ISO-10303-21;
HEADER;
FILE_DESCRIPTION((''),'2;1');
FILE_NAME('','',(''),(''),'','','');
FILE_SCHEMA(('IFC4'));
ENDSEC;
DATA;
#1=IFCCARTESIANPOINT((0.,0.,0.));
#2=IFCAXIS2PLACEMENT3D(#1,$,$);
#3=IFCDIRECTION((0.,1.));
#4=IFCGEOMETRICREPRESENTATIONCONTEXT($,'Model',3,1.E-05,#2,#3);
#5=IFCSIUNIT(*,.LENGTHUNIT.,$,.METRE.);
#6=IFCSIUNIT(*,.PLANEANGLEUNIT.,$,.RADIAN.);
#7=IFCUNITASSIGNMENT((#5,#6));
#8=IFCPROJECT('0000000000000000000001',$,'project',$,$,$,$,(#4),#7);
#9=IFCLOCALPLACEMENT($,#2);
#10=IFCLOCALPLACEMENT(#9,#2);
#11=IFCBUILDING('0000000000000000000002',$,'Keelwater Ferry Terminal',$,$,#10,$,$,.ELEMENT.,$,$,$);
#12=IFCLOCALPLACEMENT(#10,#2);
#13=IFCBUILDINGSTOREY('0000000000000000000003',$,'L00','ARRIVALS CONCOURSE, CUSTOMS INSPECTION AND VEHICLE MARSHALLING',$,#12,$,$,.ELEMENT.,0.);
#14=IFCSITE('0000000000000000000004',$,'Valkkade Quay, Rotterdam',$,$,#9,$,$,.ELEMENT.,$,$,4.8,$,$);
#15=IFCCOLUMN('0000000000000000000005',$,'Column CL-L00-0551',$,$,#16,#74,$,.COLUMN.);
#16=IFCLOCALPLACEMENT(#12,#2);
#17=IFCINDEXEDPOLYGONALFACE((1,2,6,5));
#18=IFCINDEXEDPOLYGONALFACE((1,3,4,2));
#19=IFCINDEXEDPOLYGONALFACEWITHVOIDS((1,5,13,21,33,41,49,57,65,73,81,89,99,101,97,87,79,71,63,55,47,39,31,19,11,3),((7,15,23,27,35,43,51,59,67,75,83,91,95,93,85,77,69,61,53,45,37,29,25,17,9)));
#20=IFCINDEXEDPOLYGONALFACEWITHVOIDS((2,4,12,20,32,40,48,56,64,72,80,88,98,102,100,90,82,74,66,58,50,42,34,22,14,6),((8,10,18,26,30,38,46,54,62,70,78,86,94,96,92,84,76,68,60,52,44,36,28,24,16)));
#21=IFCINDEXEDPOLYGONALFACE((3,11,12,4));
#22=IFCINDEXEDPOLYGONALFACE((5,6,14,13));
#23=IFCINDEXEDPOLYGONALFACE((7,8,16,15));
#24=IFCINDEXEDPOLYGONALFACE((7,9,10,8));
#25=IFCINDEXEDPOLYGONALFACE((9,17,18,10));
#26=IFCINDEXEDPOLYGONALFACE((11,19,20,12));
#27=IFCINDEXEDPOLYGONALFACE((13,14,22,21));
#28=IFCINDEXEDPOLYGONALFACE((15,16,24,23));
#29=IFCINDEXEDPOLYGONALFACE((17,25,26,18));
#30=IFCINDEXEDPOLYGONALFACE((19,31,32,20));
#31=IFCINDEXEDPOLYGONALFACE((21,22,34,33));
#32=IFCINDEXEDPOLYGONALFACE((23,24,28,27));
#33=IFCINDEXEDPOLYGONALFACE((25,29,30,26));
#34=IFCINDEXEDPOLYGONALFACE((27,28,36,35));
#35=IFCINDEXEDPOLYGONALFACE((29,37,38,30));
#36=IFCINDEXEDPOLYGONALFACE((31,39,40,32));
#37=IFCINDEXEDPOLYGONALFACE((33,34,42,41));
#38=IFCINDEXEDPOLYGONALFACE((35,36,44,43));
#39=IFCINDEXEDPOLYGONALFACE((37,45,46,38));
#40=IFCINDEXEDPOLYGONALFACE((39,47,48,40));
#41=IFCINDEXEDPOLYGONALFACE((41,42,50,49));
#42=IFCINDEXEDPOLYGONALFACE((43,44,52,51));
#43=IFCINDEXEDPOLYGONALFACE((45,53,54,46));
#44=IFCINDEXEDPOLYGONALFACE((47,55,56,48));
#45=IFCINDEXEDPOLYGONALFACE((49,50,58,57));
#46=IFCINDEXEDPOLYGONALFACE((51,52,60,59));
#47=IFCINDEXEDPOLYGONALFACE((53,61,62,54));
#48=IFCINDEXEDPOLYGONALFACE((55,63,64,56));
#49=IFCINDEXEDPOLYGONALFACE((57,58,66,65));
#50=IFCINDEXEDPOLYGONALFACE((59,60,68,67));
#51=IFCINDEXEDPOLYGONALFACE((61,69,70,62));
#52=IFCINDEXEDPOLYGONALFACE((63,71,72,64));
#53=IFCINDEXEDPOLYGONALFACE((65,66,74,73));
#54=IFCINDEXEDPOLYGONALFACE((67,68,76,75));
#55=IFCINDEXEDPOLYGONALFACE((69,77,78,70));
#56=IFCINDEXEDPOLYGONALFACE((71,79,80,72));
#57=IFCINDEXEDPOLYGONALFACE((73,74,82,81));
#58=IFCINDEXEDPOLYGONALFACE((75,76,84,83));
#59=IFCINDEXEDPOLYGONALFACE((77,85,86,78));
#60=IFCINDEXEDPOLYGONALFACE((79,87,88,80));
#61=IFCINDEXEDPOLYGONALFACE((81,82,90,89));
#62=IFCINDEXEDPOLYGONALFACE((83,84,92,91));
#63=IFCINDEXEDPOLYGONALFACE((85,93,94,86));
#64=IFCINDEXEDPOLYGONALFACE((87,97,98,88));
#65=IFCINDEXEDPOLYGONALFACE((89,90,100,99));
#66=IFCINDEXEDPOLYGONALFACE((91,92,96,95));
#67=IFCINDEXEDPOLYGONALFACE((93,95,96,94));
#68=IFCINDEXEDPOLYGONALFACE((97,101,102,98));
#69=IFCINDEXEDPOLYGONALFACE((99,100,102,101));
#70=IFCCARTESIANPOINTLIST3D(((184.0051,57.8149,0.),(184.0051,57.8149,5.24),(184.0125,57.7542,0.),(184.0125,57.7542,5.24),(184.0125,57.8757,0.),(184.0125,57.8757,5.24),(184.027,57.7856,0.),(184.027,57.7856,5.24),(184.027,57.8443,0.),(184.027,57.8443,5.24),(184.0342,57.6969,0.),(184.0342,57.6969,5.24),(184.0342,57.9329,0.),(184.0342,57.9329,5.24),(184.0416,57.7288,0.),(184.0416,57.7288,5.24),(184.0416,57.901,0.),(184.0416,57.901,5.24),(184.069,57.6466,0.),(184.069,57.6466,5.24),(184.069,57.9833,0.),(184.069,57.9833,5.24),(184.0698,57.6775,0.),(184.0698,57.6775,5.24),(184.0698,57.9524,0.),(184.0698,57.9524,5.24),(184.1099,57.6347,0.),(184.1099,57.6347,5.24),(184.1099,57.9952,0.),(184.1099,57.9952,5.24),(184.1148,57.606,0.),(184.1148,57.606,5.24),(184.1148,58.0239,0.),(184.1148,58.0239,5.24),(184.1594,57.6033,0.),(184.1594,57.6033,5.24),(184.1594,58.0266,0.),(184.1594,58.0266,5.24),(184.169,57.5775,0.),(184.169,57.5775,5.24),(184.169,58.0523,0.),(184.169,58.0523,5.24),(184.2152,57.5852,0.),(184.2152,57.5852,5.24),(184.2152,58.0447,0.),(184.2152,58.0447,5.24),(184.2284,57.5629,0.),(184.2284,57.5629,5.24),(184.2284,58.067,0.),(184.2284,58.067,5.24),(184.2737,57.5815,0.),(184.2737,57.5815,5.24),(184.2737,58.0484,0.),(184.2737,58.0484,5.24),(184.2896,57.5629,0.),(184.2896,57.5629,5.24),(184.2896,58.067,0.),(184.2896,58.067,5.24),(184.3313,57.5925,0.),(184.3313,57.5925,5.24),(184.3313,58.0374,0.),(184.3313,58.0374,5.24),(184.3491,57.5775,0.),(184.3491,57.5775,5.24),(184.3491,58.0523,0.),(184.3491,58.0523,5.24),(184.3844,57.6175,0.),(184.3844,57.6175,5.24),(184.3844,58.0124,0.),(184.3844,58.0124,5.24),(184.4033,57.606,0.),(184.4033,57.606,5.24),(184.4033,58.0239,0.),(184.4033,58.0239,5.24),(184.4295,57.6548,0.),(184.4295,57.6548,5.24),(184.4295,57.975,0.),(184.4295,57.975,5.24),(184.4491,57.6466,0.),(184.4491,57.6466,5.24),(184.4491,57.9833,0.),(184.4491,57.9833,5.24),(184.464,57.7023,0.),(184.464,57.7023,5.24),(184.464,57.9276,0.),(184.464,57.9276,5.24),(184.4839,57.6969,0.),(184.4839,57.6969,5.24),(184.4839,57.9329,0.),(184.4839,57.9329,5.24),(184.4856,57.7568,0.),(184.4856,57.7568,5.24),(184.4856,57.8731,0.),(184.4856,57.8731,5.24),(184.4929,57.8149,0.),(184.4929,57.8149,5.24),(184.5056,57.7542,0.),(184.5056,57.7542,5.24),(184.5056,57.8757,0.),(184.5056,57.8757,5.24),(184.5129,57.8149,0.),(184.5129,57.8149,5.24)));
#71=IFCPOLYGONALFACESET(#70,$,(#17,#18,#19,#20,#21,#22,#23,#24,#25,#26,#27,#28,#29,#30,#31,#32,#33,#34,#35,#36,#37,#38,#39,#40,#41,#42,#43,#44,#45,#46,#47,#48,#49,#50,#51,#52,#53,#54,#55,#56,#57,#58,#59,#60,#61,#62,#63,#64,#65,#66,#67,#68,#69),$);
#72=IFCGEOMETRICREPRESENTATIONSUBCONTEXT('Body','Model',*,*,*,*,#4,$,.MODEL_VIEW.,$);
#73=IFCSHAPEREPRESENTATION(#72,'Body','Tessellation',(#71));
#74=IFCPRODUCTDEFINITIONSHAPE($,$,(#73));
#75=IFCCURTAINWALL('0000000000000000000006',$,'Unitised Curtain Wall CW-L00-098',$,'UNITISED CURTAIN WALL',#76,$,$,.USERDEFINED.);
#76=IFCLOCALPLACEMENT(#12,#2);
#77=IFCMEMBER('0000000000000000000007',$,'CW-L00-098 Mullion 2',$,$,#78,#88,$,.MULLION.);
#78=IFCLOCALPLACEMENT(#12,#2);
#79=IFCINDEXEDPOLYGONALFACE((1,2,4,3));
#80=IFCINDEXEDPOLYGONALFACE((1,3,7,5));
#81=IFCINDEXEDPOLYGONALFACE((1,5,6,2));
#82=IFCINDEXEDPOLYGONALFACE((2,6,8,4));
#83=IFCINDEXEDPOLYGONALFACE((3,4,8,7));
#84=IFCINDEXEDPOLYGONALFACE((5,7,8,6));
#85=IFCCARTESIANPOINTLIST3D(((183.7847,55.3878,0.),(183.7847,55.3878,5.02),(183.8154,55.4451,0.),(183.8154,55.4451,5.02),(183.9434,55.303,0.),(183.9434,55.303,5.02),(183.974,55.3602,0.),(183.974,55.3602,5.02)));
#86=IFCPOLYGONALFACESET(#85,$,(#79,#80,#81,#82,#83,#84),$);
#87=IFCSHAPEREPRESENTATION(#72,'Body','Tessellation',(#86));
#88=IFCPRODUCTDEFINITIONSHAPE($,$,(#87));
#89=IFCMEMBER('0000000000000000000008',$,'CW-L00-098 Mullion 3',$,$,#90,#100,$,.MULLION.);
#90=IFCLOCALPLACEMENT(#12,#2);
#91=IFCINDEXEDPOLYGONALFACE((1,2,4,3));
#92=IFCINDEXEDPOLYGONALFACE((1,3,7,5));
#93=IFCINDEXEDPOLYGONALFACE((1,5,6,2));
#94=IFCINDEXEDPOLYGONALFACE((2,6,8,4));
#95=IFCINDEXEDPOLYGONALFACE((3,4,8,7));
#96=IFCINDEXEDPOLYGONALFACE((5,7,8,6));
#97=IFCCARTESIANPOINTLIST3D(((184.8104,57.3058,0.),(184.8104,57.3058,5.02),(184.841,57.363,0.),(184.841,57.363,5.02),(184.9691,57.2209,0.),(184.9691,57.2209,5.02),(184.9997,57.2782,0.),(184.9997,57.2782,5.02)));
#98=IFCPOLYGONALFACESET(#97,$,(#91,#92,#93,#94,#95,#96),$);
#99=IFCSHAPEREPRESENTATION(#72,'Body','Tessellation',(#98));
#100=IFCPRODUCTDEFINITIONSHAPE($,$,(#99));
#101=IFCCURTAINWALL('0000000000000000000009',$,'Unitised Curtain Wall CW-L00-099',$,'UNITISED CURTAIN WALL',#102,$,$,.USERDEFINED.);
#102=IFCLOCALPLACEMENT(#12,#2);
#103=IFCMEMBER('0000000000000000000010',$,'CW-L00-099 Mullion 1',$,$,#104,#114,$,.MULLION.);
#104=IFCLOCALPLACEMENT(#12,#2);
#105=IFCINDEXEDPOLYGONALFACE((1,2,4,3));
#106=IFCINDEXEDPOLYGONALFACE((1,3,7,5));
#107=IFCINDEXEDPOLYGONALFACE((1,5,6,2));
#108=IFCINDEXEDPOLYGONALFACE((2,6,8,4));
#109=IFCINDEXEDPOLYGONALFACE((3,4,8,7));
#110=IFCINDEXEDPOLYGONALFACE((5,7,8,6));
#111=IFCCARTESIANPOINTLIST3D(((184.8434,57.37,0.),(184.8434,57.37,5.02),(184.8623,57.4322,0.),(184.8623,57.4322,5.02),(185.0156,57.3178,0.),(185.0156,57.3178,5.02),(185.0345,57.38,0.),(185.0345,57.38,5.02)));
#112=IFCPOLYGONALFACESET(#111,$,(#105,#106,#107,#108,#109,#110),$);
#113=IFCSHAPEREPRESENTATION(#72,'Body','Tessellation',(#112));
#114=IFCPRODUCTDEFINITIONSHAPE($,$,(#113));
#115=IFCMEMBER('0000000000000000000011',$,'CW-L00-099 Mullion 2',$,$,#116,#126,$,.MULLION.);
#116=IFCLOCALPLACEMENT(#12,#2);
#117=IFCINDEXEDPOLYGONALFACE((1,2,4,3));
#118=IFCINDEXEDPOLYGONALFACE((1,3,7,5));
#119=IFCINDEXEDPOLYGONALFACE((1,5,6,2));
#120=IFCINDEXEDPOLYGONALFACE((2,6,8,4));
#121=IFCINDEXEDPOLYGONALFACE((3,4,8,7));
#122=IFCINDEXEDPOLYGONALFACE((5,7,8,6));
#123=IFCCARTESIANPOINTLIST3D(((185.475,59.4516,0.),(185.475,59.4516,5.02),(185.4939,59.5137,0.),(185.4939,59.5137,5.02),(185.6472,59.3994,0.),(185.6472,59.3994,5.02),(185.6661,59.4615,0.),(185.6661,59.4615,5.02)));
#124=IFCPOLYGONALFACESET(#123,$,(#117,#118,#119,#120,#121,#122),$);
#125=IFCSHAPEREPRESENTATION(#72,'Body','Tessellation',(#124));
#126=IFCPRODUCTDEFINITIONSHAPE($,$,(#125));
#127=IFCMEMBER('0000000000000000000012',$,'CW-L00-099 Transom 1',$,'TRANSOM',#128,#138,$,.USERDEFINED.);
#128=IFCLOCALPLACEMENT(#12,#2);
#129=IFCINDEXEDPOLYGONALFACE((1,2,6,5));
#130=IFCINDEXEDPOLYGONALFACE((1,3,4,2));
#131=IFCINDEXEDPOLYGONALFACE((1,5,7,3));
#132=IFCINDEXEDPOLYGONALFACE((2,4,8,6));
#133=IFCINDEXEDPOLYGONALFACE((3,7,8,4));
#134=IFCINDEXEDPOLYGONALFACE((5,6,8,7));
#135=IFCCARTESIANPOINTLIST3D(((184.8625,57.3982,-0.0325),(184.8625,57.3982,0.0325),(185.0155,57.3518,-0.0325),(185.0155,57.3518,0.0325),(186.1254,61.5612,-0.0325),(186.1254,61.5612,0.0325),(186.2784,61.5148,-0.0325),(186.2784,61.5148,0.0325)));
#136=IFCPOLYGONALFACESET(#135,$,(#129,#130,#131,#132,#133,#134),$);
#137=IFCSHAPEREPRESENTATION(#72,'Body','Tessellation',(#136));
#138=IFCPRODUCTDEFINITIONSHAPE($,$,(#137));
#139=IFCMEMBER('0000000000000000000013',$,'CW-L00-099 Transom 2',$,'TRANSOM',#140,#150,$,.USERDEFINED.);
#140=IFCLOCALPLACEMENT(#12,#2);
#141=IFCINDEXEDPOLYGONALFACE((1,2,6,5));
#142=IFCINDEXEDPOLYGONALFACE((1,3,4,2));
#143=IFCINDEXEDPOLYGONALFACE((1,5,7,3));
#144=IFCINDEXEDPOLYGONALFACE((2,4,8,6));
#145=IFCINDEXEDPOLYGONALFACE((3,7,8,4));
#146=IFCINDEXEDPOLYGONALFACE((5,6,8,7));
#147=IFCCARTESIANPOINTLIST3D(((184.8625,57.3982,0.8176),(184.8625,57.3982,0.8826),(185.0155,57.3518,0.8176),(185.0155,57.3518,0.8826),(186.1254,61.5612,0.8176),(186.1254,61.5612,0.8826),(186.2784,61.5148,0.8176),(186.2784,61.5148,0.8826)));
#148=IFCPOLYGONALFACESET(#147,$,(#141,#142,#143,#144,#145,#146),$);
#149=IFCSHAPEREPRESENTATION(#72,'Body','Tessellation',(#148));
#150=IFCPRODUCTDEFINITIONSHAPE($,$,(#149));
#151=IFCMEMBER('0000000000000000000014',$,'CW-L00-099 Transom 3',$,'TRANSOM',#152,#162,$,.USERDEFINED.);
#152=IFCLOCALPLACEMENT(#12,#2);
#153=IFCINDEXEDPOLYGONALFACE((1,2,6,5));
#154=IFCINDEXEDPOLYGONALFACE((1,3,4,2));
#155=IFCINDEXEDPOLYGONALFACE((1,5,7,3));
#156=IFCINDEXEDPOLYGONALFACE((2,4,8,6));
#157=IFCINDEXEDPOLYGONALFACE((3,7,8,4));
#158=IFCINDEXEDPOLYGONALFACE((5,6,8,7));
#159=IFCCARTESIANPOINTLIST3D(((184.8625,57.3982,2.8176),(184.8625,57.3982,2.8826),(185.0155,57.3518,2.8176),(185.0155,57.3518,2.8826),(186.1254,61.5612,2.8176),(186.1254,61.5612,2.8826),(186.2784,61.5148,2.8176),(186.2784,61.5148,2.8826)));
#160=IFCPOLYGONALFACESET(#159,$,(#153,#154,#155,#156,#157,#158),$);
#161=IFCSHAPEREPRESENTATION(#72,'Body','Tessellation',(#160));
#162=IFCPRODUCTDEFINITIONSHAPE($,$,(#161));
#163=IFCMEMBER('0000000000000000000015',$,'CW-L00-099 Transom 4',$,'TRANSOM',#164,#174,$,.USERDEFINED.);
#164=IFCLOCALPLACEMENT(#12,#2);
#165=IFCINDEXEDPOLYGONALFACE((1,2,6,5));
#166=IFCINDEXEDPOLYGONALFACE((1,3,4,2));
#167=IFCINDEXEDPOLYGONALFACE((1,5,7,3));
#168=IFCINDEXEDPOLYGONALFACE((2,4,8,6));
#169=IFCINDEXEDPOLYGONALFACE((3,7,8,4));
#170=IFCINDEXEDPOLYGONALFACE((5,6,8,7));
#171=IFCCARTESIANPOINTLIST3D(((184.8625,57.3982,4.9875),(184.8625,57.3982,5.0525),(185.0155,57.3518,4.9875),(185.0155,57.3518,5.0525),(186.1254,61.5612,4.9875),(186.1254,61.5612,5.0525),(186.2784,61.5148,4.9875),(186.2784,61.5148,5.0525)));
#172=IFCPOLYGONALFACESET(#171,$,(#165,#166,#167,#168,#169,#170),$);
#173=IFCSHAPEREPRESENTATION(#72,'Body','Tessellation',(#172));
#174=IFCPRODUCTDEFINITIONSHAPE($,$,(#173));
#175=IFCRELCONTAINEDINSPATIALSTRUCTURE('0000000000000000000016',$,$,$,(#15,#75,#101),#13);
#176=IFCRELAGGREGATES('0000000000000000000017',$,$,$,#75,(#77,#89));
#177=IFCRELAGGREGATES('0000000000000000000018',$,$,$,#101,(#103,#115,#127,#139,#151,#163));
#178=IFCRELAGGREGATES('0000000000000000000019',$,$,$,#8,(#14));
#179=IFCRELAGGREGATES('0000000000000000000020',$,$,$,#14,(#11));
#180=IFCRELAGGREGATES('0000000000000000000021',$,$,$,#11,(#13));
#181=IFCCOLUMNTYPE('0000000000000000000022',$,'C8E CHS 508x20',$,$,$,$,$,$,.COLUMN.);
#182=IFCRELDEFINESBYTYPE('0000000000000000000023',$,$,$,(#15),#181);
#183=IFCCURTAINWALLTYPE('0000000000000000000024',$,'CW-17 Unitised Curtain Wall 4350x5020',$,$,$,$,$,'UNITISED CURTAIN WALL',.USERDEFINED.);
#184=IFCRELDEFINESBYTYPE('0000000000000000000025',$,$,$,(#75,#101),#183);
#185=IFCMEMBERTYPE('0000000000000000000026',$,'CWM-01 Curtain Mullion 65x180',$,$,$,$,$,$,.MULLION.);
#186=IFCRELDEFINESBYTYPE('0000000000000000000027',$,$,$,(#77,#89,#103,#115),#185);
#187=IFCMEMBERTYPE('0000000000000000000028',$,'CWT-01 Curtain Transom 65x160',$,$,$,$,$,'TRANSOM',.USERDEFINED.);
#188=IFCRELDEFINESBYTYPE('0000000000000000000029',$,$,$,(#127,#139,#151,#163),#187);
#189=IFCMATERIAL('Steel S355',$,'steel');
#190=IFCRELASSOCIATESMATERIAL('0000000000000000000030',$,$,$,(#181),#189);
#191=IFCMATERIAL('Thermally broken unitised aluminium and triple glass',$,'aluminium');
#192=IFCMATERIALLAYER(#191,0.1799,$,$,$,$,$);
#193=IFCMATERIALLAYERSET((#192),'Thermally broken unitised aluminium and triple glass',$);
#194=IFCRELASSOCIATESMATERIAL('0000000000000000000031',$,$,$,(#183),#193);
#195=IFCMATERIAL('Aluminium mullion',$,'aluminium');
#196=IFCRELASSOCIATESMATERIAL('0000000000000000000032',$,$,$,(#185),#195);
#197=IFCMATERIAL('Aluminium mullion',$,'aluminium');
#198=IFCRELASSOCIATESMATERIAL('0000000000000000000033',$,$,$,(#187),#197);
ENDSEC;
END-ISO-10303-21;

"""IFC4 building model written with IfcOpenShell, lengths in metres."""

from ifc_helpers import new_model, si_unit, direction, frame, origin, origin_2d, place, context, subcontext, project, spatial, rectangle, hollow_circle, extrude, material, layer, layer_set, material_profile, profile_set, type_object, element, aggregate, save


model = new_model("IFC4")

# Units and contexts
model_context = context("Model", 3, precision=1e-05, world=origin(), true_north=direction((0.0, 1.0)))
body_context = subcontext(model_context, "Body", "Model", "MODEL_VIEW")
ifc_project = project(units=[si_unit("LENGTHUNIT", "METRE"), si_unit("PLANEANGLEUNIT", "RADIAN")], contexts=[model_context])

# Site, building, storey
site_placement = place(None, origin())
site = spatial("IfcSite", under=ifc_project, at=site_placement, Name="Valkkade Quay, Rotterdam", CompositionType="ELEMENT", RefElevation=4.8)
building_placement = place(site_placement, origin())
building = spatial("IfcBuilding", under=site, at=building_placement, Name="Keelwater Ferry Terminal", CompositionType="ELEMENT")
storey_placement = place(building_placement, origin())
storey = spatial("IfcBuildingStorey", under=building, at=storey_placement, Name="L00", Description="ARRIVALS CONCOURSE, CUSTOMS INSPECTION AND VEHICLE MARSHALLING", CompositionType="ELEMENT", Elevation=0.0)

# Column
ifc_material_1 = material(Name="Steel S355", Category="steel")
ifc_material_profile_1 = material_profile(ifc_material_1, hollow_circle(Radius=0.2539, WallThickness=0.02, at=origin_2d()), Name="CHS 508x20")
ifc_profile_set_1 = profile_set([ifc_material_profile_1], Name="Steel S355")
column_type = type_object("IfcColumnType", Name="C8E CHS 508x20", PredefinedType="COLUMN", material=ifc_profile_set_1)
column_placement = place(storey_placement, frame((184.259, 57.8149, 0.0), z_axis=(0.0, 0.0, 1.0), x_axis=(1.0, 0.0, 0.0)))
element("IfcColumn", 1, at=column_placement, inside=storey, type_object=column_type, Name="Column CL-L00-0551", PredefinedType="COLUMN", context=body_context, shape_type="SweptSolid", body=[
    extrude(hollow_circle(Radius=0.2539, WallThickness=0.02, at=origin_2d()), origin(), (0.0, 0.0, 1.0), 5.24),
])

# Curtain walls, members
ifc_material_2 = material(Name="Thermally broken unitised aluminium and triple glass", Category="aluminium")
ifc_layer_1 = layer(ifc_material_2, 0.1799)
ifc_layer_set_1 = layer_set([ifc_layer_1], Name="Thermally broken unitised aluminium and triple glass")
curtain_wall_type = type_object("IfcCurtainWallType", Name="CW-17 Unitised Curtain Wall 4350x5020", ElementType="UNITISED CURTAIN WALL", PredefinedType="USERDEFINED", material=ifc_layer_set_1)
curtain_wall_1_placement = place(storey_placement, origin())
curtain_wall_1 = element("IfcCurtainWall", 2, at=curtain_wall_1_placement, inside=storey, type_object=curtain_wall_type, Name="Unitised Curtain Wall CW-L00-098", ObjectType="UNITISED CURTAIN WALL", PredefinedType="USERDEFINED")
ifc_material_3 = material(Name="Aluminium mullion", Category="aluminium")
ifc_material_profile_2 = material_profile(ifc_material_3, rectangle(XDim=0.0649, YDim=0.1799, at=origin_2d()), Name="CWM-01")
ifc_profile_set_2 = profile_set([ifc_material_profile_2], Name="Aluminium mullion")
member_type_1 = type_object("IfcMemberType", Name="CWM-01 Curtain Mullion 65x180", PredefinedType="MULLION", material=ifc_profile_set_2)
member_1_placement = place(storey_placement, frame((183.8794, 55.374, 0.0), z_axis=(0.0, 0.0, 1.0), x_axis=(0.471507, 0.881862, 0.0)))
member_1 = element("IfcMember", 3, at=member_1_placement, type_object=member_type_1, Name="CW-L00-098 Mullion 2", PredefinedType="MULLION", context=body_context, shape_type="SweptSolid", body=[
    extrude(rectangle(XDim=0.0649, YDim=0.1799, at=origin_2d()), origin(), (0.0, 0.0, 1.0), 5.02),
])
member_2_placement = place(storey_placement, frame((184.905, 57.292, 0.0), z_axis=(0.0, 0.0, 1.0), x_axis=(0.471507, 0.881862, 0.0)))
member_2 = element("IfcMember", 4, at=member_2_placement, type_object=member_type_1, Name="CW-L00-098 Mullion 3", PredefinedType="MULLION", context=body_context, shape_type="SweptSolid", body=[
    extrude(rectangle(XDim=0.0649, YDim=0.1799, at=origin_2d()), origin(), (0.0, 0.0, 1.0), 5.02),
])
curtain_wall_2_placement = place(storey_placement, origin())
curtain_wall_2 = element("IfcCurtainWall", 5, at=curtain_wall_2_placement, inside=storey, type_object=curtain_wall_type, Name="Unitised Curtain Wall CW-L00-099", ObjectType="UNITISED CURTAIN WALL", PredefinedType="USERDEFINED")
member_3_placement = place(storey_placement, frame((184.939, 57.375, 0.0), z_axis=(0.0, 0.0, 1.0), x_axis=(0.29032, 0.95693, 0.0)))
member_3 = element("IfcMember", 6, at=member_3_placement, type_object=member_type_1, Name="CW-L00-099 Mullion 1", PredefinedType="MULLION", context=body_context, shape_type="SweptSolid", body=[
    extrude(rectangle(XDim=0.0649, YDim=0.1799, at=origin_2d()), origin(), (0.0, 0.0, 1.0), 5.02),
])
member_4_placement = place(storey_placement, frame((185.5706, 59.4565, 0.0), z_axis=(0.0, 0.0, 1.0), x_axis=(0.29032, 0.95693, 0.0)))
member_4 = element("IfcMember", 7, at=member_4_placement, type_object=member_type_1, Name="CW-L00-099 Mullion 2", PredefinedType="MULLION", context=body_context, shape_type="SweptSolid", body=[
    extrude(rectangle(XDim=0.0649, YDim=0.1799, at=origin_2d()), origin(), (0.0, 0.0, 1.0), 5.02),
])
ifc_material_4 = material(Name="Aluminium mullion", Category="aluminium")
ifc_material_profile_3 = material_profile(ifc_material_4, rectangle(XDim=0.1599, YDim=0.0649, at=origin_2d()), Name="CWT-01")
ifc_profile_set_3 = profile_set([ifc_material_profile_3], Name="Aluminium mullion")
member_type_2 = type_object("IfcMemberType", Name="CWT-01 Curtain Transom 65x160", ElementType="TRANSOM", PredefinedType="USERDEFINED", material=ifc_profile_set_3)
member_5_placement = place(storey_placement, frame((184.939, 57.375, 0.0), z_axis=(0.290302, 0.956935, 0.0), x_axis=(-0.956935, 0.290302, 0.0)))
member_5 = element("IfcMember", 8, at=member_5_placement, type_object=member_type_2, Name="CW-L00-099 Transom 1", ObjectType="TRANSOM", PredefinedType="USERDEFINED", context=body_context, shape_type="SweptSolid", body=[
    extrude(rectangle(XDim=0.1599, YDim=0.0649, at=origin_2d()), origin(), (0.0, 0.0, 1.0), 4.3503),
])
member_6_placement = place(storey_placement, frame((184.939, 57.375, 0.8501), z_axis=(0.290302, 0.956935, 0.0), x_axis=(-0.956935, 0.290302, 0.0)))
member_6 = element("IfcMember", 9, at=member_6_placement, type_object=member_type_2, Name="CW-L00-099 Transom 2", ObjectType="TRANSOM", PredefinedType="USERDEFINED", context=body_context, shape_type="SweptSolid", body=[
    extrude(rectangle(XDim=0.1599, YDim=0.0649, at=origin_2d()), origin(), (0.0, 0.0, 1.0), 4.3503),
])
member_7_placement = place(storey_placement, frame((184.939, 57.375, 2.8501), z_axis=(0.290302, 0.956935, 0.0), x_axis=(-0.956935, 0.290302, 0.0)))
member_7 = element("IfcMember", 10, at=member_7_placement, type_object=member_type_2, Name="CW-L00-099 Transom 3", ObjectType="TRANSOM", PredefinedType="USERDEFINED", context=body_context, shape_type="SweptSolid", body=[
    extrude(rectangle(XDim=0.1599, YDim=0.0649, at=origin_2d()), origin(), (0.0, 0.0, 1.0), 4.3503),
])
member_8_placement = place(storey_placement, frame((184.939, 57.375, 5.02), z_axis=(0.290302, 0.956935, 0.0), x_axis=(-0.956935, 0.290302, 0.0)))
member_8 = element("IfcMember", 11, at=member_8_placement, type_object=member_type_2, Name="CW-L00-099 Transom 4", ObjectType="TRANSOM", PredefinedType="USERDEFINED", context=body_context, shape_type="SweptSolid", body=[
    extrude(rectangle(XDim=0.1599, YDim=0.0649, at=origin_2d()), origin(), (0.0, 0.0, 1.0), 4.3503),
])

aggregate(curtain_wall_1, [member_1, member_2])
aggregate(curtain_wall_2, [member_3, member_4, member_5, member_6, member_7, member_8])

save(model, "model.ifc")
